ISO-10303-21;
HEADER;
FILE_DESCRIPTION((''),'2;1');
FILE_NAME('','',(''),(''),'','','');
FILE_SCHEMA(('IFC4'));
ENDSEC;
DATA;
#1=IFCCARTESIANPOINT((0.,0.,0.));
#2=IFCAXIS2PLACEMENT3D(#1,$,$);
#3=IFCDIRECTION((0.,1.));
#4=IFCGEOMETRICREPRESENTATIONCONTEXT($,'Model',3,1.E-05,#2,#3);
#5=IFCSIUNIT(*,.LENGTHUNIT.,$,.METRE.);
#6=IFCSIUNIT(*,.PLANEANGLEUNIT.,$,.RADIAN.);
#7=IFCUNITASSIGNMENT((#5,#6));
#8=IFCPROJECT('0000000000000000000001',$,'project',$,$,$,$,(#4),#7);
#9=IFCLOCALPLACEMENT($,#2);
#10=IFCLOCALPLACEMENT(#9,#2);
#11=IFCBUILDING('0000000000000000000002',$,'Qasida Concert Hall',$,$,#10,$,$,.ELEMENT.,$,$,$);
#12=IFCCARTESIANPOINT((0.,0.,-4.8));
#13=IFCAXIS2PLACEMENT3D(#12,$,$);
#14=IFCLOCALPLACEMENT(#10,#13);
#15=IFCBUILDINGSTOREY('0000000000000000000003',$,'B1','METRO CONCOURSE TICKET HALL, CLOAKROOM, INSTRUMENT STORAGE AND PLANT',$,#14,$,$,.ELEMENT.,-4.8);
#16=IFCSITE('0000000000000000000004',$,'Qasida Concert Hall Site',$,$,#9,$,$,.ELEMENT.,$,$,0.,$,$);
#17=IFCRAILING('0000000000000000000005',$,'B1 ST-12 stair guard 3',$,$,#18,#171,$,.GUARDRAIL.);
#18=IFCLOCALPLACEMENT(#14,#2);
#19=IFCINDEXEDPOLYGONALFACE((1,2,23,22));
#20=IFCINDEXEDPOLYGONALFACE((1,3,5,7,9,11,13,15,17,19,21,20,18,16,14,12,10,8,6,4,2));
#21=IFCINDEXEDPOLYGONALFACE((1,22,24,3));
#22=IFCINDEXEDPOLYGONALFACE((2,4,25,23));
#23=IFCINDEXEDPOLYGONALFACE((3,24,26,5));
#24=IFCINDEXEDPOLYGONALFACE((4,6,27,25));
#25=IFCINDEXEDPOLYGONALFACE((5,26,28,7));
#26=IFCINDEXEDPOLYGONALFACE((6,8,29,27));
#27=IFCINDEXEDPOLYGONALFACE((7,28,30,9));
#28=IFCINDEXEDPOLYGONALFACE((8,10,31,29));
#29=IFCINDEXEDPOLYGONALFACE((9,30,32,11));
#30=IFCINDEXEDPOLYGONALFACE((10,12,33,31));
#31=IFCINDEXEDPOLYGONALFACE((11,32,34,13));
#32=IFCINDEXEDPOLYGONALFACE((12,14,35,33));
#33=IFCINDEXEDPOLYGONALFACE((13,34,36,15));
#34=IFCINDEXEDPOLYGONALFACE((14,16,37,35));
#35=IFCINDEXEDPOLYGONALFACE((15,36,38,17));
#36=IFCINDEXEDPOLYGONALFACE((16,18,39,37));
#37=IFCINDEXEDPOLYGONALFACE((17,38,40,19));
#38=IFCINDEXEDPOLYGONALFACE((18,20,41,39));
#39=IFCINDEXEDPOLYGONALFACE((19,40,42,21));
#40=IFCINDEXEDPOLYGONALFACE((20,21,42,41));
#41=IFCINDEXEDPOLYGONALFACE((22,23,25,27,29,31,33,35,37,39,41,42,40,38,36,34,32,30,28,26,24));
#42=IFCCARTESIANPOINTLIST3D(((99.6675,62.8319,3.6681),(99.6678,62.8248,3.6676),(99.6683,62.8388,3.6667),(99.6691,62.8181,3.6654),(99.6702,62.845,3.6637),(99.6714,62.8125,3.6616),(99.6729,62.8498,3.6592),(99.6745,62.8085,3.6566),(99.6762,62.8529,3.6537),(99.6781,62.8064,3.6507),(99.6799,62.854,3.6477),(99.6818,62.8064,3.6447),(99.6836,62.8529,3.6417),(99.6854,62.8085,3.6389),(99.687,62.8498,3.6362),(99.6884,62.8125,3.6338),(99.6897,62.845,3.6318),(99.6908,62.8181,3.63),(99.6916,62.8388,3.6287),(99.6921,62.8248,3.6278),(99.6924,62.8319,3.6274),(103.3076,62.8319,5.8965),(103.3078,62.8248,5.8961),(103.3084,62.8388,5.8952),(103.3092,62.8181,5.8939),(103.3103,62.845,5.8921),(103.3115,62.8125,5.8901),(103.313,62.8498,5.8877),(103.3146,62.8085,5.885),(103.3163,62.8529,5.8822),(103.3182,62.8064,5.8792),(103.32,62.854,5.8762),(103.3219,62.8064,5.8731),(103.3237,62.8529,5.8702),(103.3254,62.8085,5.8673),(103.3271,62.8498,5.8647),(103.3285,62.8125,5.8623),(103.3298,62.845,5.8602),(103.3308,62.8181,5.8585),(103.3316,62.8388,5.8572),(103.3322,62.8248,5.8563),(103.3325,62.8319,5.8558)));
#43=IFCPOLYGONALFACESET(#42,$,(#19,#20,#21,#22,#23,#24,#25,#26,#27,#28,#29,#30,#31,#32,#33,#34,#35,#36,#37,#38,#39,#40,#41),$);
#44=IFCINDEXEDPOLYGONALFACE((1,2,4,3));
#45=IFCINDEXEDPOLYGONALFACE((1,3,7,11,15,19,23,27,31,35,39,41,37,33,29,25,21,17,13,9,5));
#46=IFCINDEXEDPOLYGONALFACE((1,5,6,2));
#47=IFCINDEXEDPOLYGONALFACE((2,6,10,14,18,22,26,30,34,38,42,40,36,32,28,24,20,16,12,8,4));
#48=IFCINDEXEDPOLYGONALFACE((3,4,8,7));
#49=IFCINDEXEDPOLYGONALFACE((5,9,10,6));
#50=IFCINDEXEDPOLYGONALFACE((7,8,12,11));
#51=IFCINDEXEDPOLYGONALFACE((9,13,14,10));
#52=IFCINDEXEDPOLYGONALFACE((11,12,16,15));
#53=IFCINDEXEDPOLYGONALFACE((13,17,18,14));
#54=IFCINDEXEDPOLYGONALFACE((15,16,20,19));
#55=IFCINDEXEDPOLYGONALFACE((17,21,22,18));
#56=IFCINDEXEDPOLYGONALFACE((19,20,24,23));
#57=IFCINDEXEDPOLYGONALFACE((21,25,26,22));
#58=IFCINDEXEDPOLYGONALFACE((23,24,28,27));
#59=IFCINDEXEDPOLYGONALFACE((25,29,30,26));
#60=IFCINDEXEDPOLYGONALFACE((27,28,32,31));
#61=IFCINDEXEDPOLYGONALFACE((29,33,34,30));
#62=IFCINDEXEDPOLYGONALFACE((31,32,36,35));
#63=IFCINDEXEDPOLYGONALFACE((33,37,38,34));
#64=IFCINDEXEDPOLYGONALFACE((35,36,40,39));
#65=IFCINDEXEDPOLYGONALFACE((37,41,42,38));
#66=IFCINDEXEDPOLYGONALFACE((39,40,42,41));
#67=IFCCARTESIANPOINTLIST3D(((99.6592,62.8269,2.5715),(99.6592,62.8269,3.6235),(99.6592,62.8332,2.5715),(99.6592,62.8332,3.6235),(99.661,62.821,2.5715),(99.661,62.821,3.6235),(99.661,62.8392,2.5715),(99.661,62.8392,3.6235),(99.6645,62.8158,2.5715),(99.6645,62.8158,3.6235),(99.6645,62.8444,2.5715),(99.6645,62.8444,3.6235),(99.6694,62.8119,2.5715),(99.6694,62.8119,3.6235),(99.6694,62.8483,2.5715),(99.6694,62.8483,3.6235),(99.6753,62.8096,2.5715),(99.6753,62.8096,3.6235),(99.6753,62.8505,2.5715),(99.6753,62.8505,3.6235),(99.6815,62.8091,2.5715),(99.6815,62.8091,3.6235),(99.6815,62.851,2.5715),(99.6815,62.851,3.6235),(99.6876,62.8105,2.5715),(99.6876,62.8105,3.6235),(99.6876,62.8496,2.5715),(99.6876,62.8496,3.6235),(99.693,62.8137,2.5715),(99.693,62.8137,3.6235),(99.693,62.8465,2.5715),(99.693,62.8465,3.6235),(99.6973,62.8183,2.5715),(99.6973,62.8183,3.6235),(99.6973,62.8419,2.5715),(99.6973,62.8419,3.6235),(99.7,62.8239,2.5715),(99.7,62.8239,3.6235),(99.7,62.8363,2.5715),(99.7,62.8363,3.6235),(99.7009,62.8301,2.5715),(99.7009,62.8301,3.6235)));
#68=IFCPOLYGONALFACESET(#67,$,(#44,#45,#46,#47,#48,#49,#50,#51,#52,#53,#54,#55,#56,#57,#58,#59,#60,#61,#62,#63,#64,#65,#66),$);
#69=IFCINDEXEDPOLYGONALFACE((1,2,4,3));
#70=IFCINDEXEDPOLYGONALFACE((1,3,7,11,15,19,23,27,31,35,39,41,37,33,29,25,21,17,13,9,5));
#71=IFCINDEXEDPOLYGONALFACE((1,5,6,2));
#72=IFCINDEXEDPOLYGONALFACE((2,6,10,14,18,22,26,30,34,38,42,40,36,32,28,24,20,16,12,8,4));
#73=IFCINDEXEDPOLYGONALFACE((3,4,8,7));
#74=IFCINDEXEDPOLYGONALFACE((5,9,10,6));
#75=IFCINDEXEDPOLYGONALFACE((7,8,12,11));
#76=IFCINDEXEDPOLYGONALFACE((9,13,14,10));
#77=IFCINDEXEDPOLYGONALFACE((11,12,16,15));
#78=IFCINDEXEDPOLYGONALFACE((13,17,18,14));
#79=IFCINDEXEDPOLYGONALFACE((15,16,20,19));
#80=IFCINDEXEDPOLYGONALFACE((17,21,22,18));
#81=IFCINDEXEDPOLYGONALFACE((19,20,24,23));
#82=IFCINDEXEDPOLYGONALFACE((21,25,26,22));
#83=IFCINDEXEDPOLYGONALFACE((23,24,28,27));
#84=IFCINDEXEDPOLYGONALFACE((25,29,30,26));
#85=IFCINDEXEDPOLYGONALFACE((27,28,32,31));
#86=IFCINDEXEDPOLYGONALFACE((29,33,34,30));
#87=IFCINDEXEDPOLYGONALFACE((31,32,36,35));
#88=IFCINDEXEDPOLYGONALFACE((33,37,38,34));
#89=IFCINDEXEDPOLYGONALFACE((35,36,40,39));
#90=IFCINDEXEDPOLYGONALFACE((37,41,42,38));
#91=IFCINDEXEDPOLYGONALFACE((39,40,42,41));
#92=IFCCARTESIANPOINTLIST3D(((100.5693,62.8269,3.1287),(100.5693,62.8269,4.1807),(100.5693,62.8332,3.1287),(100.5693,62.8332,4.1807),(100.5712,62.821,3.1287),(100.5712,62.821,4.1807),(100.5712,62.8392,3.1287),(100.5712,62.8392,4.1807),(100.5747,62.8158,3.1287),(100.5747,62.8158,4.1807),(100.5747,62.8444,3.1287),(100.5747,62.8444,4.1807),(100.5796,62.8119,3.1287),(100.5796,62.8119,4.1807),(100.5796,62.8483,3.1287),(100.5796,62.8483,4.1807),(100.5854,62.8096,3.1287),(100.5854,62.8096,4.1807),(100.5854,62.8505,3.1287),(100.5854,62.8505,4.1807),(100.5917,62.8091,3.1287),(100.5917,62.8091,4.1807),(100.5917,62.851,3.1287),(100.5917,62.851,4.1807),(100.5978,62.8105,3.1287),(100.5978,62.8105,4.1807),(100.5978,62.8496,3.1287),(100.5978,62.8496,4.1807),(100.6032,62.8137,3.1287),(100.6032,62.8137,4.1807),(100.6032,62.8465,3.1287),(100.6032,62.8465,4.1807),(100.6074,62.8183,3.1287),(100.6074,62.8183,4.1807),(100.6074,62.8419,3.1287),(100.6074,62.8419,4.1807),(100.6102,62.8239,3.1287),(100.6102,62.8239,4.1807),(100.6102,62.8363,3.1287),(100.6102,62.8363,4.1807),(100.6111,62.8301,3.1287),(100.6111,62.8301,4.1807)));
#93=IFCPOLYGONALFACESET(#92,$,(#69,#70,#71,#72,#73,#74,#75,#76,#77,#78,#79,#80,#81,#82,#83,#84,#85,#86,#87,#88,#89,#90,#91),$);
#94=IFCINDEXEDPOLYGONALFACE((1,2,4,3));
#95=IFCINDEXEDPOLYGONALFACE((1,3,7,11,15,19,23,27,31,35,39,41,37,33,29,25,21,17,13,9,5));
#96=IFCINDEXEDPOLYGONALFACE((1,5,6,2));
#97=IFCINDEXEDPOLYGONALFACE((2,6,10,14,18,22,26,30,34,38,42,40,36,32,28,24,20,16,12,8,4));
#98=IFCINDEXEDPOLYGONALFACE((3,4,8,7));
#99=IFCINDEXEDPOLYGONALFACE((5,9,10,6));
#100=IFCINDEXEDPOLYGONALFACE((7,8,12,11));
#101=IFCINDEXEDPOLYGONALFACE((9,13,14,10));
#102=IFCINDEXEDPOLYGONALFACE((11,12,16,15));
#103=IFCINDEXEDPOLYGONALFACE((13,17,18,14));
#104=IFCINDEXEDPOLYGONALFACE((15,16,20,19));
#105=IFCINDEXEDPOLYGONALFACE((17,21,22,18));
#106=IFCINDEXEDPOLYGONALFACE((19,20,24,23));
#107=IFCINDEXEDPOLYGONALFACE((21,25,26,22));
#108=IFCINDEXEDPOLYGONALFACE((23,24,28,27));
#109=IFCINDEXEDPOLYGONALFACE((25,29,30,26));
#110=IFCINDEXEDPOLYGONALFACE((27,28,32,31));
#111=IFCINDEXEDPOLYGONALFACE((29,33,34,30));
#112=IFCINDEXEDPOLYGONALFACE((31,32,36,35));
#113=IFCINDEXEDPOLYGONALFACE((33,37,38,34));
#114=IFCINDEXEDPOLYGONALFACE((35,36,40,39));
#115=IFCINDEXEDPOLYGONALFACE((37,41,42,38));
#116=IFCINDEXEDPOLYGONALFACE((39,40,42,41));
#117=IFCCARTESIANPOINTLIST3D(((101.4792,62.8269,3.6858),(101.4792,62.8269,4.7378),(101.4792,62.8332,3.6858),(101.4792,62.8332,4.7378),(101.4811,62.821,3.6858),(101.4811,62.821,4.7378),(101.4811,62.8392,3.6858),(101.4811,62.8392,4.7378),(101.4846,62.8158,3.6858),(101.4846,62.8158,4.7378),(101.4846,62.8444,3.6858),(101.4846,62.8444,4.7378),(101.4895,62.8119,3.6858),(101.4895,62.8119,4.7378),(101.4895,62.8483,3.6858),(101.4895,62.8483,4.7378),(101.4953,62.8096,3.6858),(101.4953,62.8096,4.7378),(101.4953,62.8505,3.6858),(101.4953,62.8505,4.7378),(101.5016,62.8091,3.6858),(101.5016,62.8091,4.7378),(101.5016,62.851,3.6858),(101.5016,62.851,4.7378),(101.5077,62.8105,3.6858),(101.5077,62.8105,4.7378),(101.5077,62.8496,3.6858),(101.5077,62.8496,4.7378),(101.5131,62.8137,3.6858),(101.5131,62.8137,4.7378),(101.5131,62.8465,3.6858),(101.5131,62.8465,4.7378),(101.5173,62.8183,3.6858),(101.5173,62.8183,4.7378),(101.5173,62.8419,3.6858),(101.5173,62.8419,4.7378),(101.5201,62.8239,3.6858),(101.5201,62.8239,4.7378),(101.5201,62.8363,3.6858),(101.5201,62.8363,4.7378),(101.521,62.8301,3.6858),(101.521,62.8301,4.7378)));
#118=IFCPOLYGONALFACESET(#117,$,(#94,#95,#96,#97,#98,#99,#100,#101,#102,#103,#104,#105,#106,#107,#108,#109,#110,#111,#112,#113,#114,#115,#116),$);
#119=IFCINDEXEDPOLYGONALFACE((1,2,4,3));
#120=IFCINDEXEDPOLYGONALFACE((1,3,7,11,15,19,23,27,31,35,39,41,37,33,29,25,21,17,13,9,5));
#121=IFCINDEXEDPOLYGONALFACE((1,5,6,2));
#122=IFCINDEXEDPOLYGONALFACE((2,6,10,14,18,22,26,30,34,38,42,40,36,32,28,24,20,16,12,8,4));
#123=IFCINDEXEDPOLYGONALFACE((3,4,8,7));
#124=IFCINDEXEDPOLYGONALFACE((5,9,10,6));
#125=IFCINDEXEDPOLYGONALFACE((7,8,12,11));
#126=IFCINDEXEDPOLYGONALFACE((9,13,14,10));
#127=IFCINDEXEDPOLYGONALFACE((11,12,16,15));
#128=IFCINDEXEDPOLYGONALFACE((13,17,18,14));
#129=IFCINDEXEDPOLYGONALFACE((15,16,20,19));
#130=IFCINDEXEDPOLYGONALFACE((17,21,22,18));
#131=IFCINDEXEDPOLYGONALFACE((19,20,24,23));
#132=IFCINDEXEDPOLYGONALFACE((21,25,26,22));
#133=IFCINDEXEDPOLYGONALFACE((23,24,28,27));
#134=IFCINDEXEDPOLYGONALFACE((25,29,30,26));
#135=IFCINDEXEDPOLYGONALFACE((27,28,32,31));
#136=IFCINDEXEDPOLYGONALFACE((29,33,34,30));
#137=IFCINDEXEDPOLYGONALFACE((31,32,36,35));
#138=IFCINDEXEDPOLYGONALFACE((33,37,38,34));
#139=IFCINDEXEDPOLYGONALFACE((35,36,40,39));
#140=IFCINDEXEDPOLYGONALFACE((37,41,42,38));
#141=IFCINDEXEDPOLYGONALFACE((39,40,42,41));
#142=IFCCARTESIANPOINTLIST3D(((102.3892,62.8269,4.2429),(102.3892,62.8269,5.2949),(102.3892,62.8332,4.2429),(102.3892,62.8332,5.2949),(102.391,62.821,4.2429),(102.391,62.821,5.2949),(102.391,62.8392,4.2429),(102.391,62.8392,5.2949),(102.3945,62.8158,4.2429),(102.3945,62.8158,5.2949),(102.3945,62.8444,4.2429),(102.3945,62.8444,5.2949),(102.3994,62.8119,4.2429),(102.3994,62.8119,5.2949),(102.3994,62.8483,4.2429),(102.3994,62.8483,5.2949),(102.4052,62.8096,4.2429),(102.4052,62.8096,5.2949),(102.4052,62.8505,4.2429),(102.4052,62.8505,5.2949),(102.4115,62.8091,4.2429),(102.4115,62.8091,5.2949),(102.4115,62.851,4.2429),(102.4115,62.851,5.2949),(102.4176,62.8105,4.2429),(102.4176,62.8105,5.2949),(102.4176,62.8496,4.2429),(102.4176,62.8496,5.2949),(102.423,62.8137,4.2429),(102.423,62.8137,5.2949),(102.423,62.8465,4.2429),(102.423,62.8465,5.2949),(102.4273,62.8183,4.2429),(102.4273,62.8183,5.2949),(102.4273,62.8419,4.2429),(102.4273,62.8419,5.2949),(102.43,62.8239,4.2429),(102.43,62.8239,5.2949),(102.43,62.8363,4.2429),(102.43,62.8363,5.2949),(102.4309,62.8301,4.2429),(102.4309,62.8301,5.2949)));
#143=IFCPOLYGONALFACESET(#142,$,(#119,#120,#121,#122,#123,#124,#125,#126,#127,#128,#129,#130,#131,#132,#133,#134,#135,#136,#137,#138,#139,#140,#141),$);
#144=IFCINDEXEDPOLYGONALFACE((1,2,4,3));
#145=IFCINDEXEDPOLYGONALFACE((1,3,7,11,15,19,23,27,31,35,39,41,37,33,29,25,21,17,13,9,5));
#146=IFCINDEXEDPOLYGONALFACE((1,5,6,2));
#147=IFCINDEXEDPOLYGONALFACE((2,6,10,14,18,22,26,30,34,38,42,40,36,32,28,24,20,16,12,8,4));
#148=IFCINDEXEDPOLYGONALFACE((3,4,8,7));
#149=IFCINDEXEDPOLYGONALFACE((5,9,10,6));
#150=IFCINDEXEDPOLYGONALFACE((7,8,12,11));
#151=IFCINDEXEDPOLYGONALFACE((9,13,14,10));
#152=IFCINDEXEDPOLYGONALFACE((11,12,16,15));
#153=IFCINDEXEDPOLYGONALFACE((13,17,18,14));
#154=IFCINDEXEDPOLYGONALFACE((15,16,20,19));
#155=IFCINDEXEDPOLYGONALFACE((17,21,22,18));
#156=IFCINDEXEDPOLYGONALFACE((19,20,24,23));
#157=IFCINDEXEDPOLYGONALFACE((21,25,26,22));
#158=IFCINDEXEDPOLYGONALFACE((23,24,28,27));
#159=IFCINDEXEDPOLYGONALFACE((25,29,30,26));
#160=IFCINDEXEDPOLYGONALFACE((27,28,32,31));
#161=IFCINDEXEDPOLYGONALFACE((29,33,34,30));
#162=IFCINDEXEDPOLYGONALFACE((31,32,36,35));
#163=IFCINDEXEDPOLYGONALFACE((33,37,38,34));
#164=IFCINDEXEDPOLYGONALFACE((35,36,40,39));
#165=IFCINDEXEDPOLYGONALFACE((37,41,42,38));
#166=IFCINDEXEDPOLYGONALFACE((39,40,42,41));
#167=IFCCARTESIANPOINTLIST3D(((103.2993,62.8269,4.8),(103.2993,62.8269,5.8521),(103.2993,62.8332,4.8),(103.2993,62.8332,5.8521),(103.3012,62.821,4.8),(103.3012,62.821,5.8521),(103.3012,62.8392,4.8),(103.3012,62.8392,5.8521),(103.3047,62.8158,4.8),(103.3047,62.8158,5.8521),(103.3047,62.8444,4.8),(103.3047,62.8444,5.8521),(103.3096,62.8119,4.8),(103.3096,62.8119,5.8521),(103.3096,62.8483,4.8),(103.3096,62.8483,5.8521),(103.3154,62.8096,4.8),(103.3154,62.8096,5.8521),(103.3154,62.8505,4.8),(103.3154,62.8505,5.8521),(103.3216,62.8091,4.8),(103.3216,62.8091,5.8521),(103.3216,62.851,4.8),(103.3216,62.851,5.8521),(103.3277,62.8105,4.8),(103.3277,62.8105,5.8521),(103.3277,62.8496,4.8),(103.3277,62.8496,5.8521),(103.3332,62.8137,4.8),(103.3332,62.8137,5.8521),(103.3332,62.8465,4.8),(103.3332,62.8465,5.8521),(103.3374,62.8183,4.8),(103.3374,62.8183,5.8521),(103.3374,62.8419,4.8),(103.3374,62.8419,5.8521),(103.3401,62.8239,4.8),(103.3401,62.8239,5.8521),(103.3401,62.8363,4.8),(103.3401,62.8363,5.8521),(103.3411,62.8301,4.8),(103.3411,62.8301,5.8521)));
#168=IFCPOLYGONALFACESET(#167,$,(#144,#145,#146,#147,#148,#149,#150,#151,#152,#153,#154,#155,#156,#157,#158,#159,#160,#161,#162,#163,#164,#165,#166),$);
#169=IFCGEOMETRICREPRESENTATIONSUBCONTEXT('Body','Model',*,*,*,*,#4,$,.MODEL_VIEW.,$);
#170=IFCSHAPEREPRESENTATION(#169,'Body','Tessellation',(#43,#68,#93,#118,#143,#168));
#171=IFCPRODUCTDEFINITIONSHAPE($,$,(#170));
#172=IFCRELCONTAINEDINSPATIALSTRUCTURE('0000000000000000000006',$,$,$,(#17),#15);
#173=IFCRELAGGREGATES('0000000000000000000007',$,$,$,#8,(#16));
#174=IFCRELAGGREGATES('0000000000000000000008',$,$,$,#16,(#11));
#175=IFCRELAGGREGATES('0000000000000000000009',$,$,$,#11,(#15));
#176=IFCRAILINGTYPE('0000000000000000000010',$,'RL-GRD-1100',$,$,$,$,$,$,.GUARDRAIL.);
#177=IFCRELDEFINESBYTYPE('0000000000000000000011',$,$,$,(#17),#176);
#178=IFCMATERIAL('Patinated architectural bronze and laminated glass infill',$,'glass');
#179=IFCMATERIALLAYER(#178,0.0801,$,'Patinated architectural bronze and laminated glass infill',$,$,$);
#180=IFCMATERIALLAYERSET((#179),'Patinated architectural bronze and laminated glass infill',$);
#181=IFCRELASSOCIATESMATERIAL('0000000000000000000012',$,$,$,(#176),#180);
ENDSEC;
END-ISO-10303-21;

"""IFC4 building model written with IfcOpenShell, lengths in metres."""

from ifc_helpers import new_model, si_unit, direction, frame, origin, origin_2d, place, context, subcontext, project, spatial, circle, extrude, material, layer, layer_set, type_object, element, save


model = new_model("IFC4")

# Units and contexts
model_context = context("Model", 3, precision=1e-05, world=origin(), true_north=direction((0.0, 1.0)))
body_context = subcontext(model_context, "Body", "Model", "MODEL_VIEW")
ifc_project = project(units=[si_unit("LENGTHUNIT", "METRE"), si_unit("PLANEANGLEUNIT", "RADIAN")], contexts=[model_context])

# Site, building, storey
site_placement = place(None, origin())
site = spatial("IfcSite", under=ifc_project, at=site_placement, Name="Qasida Concert Hall Site", CompositionType="ELEMENT", RefElevation=0.0)
building_placement = place(site_placement, origin())
building = spatial("IfcBuilding", under=site, at=building_placement, Name="Qasida Concert Hall", CompositionType="ELEMENT")
storey_placement = place(building_placement, frame((0.0, 0.0, -4.8)))
storey = spatial("IfcBuildingStorey", under=building, at=storey_placement, Name="B1", Description="METRO CONCOURSE TICKET HALL, CLOAKROOM, INSTRUMENT STORAGE AND PLANT", CompositionType="ELEMENT", Elevation=-4.8)

# Railing
ifc_material_1 = material(Name="Patinated architectural bronze and laminated glass infill", Category="glass")
ifc_layer_1 = layer(ifc_material_1, 0.0801, Name="Patinated architectural bronze and laminated glass infill")
ifc_layer_set_1 = layer_set([ifc_layer_1], Name="Patinated architectural bronze and laminated glass infill")
railing_type_1 = type_object("IfcRailingType", Name="RL-GRD-1100", PredefinedType="GUARDRAIL", material=ifc_layer_set_1)
railing_1_placement = place(storey_placement, frame((99.6799, 62.8301, 2.5715)))
element("IfcRailing", 1, at=railing_1_placement, inside=storey, type_object=railing_type_1, Name="B1 ST-12 stair guard 3", PredefinedType="GUARDRAIL", context=body_context, shape_type="SweptSolid", body=[
    extrude(circle(Radius=0.0239, at=origin_2d()), frame((0.0, 0.0, 1.0762), z_axis=(0.852866, 0.0, 0.52213), x_axis=(0.0, 1.0, 0.0)), (0.0, 0.0, 1.0), 4.2681),
    extrude(circle(Radius=0.021, at=origin_2d()), origin(), (0.0, 0.0, 1.0), 1.052),
    extrude(circle(Radius=0.021, at=origin_2d()), frame((0.9102, 0.0, 0.5571)), (0.0, 0.0, 1.0), 1.052),
    extrude(circle(Radius=0.021, at=origin_2d()), frame((1.8201, 0.0, 1.1143)), (0.0, 0.0, 1.0), 1.052),
    extrude(circle(Radius=0.021, at=origin_2d()), frame((2.73, 0.0, 1.6714)), (0.0, 0.0, 1.0), 1.052),
    extrude(circle(Radius=0.021, at=origin_2d()), frame((3.6401, 0.0, 2.2285)), (0.0, 0.0, 1.0), 1.052),
])

save(model, "model.ifc")
